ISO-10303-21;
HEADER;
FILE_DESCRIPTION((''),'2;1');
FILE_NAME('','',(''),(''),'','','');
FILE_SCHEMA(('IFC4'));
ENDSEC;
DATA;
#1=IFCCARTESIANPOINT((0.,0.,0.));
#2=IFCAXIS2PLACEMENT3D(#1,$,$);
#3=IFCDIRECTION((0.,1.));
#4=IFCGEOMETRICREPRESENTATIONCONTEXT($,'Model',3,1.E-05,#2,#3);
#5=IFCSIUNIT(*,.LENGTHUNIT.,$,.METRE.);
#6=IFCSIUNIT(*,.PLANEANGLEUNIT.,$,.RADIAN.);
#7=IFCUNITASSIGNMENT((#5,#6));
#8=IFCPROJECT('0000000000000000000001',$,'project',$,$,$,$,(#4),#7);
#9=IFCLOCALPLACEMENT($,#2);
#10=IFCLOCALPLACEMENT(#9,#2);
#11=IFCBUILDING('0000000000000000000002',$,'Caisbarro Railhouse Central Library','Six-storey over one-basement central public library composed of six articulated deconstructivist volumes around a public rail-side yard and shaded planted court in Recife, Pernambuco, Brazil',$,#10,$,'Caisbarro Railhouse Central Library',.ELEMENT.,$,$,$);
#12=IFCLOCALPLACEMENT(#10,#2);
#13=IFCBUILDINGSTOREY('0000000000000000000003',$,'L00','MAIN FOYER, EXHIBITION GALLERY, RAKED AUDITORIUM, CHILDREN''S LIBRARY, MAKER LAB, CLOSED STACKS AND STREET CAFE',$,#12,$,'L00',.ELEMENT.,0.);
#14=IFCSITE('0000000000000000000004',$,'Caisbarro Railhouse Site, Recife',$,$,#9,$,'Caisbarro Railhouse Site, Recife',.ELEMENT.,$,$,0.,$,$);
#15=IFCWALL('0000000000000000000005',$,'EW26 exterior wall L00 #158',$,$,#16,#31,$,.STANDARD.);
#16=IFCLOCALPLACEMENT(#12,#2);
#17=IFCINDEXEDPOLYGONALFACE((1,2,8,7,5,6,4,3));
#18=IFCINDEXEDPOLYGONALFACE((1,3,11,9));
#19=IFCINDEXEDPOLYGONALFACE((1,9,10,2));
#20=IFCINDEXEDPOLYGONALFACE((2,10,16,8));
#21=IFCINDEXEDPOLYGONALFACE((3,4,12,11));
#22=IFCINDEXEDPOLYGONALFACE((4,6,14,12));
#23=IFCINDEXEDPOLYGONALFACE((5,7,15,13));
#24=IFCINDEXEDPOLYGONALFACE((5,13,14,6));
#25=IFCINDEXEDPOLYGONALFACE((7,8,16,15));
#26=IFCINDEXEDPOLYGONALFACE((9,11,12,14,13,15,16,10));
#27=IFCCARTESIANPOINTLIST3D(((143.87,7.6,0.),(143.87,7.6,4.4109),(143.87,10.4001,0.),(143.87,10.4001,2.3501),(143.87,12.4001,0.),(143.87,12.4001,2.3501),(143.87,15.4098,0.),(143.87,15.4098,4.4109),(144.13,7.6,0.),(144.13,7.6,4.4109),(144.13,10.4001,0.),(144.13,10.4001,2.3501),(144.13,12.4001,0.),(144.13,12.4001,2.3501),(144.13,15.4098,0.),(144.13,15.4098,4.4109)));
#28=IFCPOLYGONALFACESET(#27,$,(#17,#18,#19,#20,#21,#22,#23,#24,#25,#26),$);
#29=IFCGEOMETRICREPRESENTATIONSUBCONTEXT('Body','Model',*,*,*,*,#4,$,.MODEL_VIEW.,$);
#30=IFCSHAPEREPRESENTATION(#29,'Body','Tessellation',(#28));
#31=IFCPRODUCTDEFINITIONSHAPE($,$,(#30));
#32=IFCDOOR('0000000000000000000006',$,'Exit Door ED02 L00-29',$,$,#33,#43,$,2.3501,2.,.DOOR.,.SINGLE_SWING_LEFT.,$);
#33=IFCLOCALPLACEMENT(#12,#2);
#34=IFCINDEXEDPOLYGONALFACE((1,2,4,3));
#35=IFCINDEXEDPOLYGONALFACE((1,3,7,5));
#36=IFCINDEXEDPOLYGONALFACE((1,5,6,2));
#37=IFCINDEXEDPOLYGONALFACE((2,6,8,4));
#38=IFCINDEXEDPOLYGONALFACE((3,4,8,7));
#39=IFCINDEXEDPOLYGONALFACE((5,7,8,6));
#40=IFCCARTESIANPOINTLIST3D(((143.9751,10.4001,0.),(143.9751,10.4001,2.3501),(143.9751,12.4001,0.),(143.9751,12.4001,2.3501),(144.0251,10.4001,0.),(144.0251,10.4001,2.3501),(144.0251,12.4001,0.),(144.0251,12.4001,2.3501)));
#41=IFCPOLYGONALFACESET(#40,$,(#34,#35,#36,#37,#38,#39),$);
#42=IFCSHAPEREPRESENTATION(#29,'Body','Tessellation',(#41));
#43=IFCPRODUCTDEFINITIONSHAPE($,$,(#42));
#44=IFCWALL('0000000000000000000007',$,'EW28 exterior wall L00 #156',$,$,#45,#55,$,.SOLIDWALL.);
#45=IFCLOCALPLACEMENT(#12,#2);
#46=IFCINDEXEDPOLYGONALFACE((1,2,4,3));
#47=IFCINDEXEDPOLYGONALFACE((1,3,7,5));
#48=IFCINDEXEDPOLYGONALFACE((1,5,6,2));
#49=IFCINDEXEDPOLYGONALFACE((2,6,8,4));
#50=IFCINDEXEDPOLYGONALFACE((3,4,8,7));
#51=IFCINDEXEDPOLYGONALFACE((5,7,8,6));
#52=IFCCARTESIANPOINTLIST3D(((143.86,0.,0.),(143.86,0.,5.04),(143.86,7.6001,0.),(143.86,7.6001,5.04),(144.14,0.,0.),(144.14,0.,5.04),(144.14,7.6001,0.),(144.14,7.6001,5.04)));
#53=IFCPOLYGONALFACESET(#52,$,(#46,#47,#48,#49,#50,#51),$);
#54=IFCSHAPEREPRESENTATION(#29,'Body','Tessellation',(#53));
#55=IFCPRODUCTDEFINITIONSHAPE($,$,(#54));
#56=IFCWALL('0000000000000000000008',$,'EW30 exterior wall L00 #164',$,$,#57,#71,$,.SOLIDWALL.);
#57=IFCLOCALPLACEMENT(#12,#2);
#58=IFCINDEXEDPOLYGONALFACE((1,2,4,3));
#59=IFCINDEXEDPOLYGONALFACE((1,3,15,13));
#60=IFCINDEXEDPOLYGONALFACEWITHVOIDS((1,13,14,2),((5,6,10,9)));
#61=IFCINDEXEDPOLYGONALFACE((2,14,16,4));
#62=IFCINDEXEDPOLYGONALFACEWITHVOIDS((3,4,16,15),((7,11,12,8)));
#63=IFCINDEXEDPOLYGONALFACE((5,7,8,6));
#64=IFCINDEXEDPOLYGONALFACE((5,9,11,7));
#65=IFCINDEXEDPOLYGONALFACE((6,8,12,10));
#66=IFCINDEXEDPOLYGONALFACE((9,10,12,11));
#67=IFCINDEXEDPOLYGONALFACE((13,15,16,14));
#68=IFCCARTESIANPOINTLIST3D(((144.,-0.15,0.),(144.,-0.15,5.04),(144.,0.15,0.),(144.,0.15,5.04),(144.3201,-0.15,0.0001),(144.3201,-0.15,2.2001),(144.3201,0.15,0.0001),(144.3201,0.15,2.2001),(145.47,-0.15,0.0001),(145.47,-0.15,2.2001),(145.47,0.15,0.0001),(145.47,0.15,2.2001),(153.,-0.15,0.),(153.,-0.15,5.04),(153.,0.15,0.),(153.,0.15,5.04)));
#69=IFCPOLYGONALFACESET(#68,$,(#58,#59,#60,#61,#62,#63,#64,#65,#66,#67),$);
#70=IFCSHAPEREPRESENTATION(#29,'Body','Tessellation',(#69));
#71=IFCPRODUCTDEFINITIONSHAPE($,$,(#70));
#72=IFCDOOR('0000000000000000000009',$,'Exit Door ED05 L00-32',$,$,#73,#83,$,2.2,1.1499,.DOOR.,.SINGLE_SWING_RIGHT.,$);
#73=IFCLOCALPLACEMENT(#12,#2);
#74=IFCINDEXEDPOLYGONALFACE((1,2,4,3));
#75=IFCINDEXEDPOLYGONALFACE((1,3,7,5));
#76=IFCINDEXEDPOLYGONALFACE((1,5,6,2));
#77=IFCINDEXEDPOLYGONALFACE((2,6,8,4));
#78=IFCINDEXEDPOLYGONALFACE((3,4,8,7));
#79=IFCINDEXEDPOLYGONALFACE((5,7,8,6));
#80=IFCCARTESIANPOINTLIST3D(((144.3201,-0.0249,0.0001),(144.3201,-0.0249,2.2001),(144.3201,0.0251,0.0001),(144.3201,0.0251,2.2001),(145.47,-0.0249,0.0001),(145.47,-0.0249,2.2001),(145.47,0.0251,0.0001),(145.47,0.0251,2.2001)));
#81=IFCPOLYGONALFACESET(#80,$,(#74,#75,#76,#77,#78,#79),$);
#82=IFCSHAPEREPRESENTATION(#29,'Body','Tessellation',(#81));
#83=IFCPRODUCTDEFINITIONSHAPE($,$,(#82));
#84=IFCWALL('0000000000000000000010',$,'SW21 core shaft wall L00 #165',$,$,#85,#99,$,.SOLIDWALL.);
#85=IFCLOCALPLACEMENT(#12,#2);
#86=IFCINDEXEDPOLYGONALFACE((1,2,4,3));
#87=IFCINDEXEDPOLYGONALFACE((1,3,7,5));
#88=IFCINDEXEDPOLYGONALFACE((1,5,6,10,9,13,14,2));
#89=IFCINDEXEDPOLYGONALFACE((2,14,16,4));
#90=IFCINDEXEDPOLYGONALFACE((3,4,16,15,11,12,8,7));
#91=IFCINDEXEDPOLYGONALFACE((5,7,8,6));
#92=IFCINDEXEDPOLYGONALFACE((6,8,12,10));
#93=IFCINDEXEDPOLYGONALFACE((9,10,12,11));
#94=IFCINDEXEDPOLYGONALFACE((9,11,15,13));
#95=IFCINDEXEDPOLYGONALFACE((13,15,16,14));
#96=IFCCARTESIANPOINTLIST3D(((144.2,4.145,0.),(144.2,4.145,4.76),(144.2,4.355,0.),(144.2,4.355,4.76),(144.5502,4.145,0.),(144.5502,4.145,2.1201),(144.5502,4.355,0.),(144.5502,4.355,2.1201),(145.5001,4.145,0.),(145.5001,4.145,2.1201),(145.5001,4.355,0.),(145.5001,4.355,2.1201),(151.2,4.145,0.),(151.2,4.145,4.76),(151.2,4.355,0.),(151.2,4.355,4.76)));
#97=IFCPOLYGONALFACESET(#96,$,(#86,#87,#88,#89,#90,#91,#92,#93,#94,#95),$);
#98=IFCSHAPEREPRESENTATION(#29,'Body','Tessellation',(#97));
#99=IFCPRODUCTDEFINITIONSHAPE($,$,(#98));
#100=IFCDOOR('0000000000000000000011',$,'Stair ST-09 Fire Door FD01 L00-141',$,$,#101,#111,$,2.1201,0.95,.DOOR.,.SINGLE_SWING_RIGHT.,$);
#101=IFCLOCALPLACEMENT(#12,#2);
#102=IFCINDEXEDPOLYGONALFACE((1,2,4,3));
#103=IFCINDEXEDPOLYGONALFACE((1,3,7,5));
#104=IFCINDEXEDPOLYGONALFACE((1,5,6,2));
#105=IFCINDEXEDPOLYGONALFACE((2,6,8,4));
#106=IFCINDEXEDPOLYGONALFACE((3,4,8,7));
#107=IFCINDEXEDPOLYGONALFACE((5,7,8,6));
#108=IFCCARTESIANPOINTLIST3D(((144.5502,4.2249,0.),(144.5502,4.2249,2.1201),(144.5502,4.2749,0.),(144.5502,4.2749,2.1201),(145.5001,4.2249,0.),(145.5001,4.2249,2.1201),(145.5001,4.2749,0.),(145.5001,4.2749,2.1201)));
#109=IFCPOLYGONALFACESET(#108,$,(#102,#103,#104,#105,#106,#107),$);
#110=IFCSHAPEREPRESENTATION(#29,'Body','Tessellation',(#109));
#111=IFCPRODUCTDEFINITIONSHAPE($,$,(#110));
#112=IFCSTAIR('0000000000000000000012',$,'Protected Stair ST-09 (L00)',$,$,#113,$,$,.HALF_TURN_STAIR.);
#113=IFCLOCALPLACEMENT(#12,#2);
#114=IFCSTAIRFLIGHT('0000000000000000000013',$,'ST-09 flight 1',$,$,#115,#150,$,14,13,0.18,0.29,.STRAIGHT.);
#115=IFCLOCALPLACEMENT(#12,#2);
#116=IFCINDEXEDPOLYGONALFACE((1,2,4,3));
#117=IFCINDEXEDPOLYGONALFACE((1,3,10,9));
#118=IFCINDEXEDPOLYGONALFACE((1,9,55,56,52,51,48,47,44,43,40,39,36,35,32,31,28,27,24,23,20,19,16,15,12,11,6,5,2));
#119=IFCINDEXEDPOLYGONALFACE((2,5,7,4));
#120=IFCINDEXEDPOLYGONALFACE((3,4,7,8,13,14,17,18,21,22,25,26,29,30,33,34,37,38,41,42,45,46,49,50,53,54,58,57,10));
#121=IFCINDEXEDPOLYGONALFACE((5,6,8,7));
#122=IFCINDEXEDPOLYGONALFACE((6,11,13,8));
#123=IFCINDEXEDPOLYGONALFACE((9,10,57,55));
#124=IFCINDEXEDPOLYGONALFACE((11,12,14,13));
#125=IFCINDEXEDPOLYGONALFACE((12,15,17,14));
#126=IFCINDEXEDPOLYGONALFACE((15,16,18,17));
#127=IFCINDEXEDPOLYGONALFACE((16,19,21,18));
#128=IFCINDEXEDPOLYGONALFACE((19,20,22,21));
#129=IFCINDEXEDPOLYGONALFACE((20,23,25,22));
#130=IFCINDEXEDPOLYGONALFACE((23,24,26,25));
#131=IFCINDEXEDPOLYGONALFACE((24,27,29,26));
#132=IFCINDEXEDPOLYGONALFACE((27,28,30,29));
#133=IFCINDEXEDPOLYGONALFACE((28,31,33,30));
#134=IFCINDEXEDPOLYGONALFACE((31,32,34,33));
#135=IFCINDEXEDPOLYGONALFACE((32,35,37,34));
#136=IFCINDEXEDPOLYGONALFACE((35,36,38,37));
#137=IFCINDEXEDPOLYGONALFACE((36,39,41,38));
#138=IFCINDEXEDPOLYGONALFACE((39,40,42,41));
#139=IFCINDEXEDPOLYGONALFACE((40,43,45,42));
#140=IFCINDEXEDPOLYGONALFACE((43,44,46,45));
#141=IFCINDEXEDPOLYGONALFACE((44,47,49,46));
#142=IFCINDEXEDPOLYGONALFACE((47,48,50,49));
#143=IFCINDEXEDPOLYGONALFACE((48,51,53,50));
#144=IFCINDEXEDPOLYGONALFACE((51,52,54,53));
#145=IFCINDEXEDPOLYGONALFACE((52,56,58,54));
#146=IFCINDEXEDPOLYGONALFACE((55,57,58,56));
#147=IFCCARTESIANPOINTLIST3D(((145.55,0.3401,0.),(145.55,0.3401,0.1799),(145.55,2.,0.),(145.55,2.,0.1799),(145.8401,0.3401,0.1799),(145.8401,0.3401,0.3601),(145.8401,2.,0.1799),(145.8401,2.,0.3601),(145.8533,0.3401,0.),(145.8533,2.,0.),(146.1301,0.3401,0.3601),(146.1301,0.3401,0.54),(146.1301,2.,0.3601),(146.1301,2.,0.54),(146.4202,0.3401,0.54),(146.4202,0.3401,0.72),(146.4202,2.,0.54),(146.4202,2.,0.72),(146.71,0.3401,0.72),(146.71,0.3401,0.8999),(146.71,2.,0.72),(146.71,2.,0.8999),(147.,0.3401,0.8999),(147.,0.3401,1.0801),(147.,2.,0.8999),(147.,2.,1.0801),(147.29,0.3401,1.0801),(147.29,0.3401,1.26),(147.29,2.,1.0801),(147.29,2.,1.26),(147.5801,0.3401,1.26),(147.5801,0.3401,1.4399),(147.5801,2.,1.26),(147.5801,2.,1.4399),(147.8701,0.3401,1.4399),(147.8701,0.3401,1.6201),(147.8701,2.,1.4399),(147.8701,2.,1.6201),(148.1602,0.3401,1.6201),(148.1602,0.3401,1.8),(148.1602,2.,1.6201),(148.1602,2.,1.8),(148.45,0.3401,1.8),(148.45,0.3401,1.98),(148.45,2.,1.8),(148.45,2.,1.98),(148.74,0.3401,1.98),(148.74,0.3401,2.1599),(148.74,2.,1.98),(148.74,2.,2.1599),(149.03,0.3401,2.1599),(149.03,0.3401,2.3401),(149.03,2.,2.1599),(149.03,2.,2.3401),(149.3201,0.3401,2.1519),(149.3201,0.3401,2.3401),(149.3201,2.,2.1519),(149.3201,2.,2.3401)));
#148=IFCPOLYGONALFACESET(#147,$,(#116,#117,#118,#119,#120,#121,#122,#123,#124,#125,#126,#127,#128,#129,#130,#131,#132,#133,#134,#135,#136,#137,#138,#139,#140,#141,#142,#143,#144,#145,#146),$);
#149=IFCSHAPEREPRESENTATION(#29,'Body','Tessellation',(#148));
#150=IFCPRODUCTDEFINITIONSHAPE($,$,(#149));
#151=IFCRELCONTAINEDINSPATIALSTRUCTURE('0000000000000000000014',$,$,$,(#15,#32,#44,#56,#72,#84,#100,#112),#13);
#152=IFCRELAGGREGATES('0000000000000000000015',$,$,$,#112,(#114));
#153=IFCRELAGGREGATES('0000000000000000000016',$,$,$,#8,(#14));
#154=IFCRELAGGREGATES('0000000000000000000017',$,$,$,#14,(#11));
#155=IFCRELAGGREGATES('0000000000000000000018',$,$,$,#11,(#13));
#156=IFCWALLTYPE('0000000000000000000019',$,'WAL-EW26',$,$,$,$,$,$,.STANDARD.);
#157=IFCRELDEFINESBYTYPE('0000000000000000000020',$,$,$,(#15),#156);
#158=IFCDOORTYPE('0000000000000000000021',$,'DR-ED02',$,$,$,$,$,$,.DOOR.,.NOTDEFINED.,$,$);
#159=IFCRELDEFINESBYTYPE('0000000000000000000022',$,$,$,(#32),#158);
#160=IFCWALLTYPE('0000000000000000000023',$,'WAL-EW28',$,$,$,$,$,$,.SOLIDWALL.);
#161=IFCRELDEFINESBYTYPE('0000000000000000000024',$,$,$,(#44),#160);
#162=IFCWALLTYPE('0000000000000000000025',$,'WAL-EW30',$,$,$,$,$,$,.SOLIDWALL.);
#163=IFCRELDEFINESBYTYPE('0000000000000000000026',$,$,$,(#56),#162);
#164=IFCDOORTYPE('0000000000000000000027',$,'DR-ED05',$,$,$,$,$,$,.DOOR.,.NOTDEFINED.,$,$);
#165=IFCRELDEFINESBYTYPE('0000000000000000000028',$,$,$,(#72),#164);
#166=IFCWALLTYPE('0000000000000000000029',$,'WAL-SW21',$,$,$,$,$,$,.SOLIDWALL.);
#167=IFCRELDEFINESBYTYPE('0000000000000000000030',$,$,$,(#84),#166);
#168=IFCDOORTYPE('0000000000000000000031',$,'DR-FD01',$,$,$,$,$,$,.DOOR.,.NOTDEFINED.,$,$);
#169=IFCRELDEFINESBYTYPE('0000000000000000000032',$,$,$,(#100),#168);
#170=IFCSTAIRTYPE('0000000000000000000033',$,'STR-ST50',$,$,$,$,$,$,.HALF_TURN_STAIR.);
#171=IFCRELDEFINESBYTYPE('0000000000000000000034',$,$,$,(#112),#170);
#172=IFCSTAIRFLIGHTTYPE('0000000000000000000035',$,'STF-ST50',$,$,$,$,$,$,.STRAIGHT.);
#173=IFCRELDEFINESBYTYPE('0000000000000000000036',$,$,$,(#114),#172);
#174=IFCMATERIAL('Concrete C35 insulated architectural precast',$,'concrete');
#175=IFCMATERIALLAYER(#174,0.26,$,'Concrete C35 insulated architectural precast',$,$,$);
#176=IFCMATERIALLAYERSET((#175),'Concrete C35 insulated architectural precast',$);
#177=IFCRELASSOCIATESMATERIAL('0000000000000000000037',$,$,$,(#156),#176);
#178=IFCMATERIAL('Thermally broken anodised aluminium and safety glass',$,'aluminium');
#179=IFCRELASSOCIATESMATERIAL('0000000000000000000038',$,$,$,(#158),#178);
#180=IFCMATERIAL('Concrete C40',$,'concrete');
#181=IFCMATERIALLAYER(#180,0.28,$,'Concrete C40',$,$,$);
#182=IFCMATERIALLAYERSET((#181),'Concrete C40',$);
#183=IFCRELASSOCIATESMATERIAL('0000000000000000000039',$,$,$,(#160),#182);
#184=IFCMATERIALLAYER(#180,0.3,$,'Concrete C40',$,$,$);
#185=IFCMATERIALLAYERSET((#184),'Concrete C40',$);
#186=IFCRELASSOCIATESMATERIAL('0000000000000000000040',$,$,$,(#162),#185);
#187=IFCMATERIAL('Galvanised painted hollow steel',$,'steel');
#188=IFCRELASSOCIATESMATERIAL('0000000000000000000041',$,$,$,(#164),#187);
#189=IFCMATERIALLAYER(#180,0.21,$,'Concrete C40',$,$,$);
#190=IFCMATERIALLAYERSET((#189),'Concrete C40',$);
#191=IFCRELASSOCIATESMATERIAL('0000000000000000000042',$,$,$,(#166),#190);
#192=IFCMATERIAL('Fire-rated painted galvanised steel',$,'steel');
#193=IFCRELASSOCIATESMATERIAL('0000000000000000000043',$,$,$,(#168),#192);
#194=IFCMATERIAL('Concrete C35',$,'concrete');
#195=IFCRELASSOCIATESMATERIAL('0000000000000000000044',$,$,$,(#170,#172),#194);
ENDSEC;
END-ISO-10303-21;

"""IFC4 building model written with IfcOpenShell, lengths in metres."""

from ifc_helpers import new_model, si_unit, direction, frame, frame_2d, origin, place, context, subcontext, project, spatial, polyline, rectangle, outline, extrude, material, layer, layer_set, type_object, element, fill, aggregate, save


model = new_model("IFC4")

# Units and contexts
model_context = context("Model", 3, precision=1e-05, world=origin(), true_north=direction((0.0, 1.0)))
body_context = subcontext(model_context, "Body", "Model", "MODEL_VIEW")
ifc_project = project(units=[si_unit("LENGTHUNIT", "METRE"), si_unit("PLANEANGLEUNIT", "RADIAN")], contexts=[model_context])

# Site, building, storey
site_placement = place(None, origin())
site = spatial("IfcSite", under=ifc_project, at=site_placement, Name="Caisbarro Railhouse Site, Recife", LongName="Caisbarro Railhouse Site, Recife", CompositionType="ELEMENT", RefElevation=0.0)
building_placement = place(site_placement, origin())
building = spatial("IfcBuilding", under=site, at=building_placement, Name="Caisbarro Railhouse Central Library", Description="Six-storey over one-basement central public library composed of six articulated deconstructivist volumes around a public rail-side yard and shaded planted court in Recife, Pernambuco, Brazil", LongName="Caisbarro Railhouse Central Library", CompositionType="ELEMENT")
storey_placement = place(building_placement, origin())
storey = spatial("IfcBuildingStorey", under=building, at=storey_placement, Name="L00", Description="MAIN FOYER, EXHIBITION GALLERY, RAKED AUDITORIUM, CHILDREN'S LIBRARY, MAKER LAB, CLOSED STACKS AND STREET CAFE", LongName="L00", CompositionType="ELEMENT", Elevation=0.0)

# Shared definitions
ifc_material_1 = material(Name="Concrete C40", Category="concrete")

# Wall, opening, door
ifc_material_2 = material(Name="Fire-rated painted galvanised steel", Category="steel")
ifc_material_3 = material(Name="Concrete C35 insulated architectural precast", Category="concrete")
ifc_layer_1 = layer(ifc_material_3, 0.26, Name="Concrete C35 insulated architectural precast")
ifc_layer_set_1 = layer_set([ifc_layer_1], Name="Concrete C35 insulated architectural precast")
wall_type_1 = type_object("IfcWallType", Name="WAL-EW26", PredefinedType="STANDARD", material=ifc_layer_set_1)
wall_1_placement = place(storey_placement, frame((144.0, 7.6001, 0.0), z_axis=(0.0, 0.0, 1.0), x_axis=(0.0, 1.0, 0.0)))
wall_1 = element("IfcWall", 1, at=wall_1_placement, inside=storey, type_object=wall_type_1, Name="EW26 exterior wall L00 #158", PredefinedType="STANDARD", context=body_context, shape_type="SweptSolid", body=[
    extrude(rectangle(XDim=7.8098, YDim=0.26, at=frame_2d((3.9048, 0.0))), origin(), (0.0, 0.0, 1.0), 4.4109),
])
opening_1_placement = place(wall_1_placement, frame((2.8, 0.0, 0.0)))
opening_1 = element("IfcOpeningElement", 2, at=opening_1_placement, cuts=wall_1, PredefinedType="OPENING", context=body_context, shape_type="SweptSolid", body=[
    extrude(rectangle(XDim=2.0, YDim=2.3501, at=frame_2d((1.0, 1.175))), frame((0.0, 0.1401, 0.0), z_axis=(0.0, -1.0, 0.0), x_axis=(1.0, 0.0, 0.0)), (0.0, 0.0, 1.0), 0.28),
])
ifc_material_4 = material(Name="Thermally broken anodised aluminium and safety glass", Category="aluminium")
door_type_1 = type_object("IfcDoorType", Name="DR-ED02", OperationType="NOTDEFINED", PredefinedType="DOOR", material=ifc_material_4)
door_1_placement = place(opening_1_placement, origin())
door_1 = element("IfcDoor", 3, at=door_1_placement, inside=storey, type_object=door_type_1, Name="Exit Door ED02 L00-29", OperationType="SINGLE_SWING_LEFT", OverallHeight=2.3501, OverallWidth=2.0, PredefinedType="DOOR", context=body_context, shape_type="SweptSolid", body=[
    extrude(rectangle(XDim=2.0, YDim=2.3501, at=frame_2d((1.0, 1.175))), frame((0.0, 0.0249, 0.0), z_axis=(0.0, -1.0, 0.0), x_axis=(1.0, 0.0, 0.0)), (0.0, 0.0, 1.0), 0.05),
])
fill(opening_1, door_1)

# Wall
ifc_layer_2 = layer(ifc_material_1, 0.28, Name="Concrete C40")
ifc_layer_set_2 = layer_set([ifc_layer_2], Name="Concrete C40")
wall_type_2 = type_object("IfcWallType", Name="WAL-EW28", PredefinedType="SOLIDWALL", material=ifc_layer_set_2)
wall_2_placement = place(storey_placement, frame((144.0, 0.0, 0.0), z_axis=(0.0, 0.0, 1.0), x_axis=(0.0, 1.0, 0.0)))
element("IfcWall", 4, at=wall_2_placement, inside=storey, type_object=wall_type_2, Name="EW28 exterior wall L00 #156", PredefinedType="SOLIDWALL", context=body_context, shape_type="SweptSolid", body=[
    extrude(rectangle(XDim=7.6001, YDim=0.28, at=frame_2d((3.8, 0.0))), origin(), (0.0, 0.0, 1.0), 5.04),
])

# Walls, openings, doors
ifc_layer_3 = layer(ifc_material_1, 0.3, Name="Concrete C40")
ifc_layer_set_3 = layer_set([ifc_layer_3], Name="Concrete C40")
wall_type_3 = type_object("IfcWallType", Name="WAL-EW30", PredefinedType="SOLIDWALL", material=ifc_layer_set_3)
wall_3_placement = place(storey_placement, frame((144.0, 0.0, 0.0), z_axis=(0.0, 0.0, 1.0), x_axis=(1.0, 0.0, 0.0)))
wall_3 = element("IfcWall", 5, at=wall_3_placement, inside=storey, type_object=wall_type_3, Name="EW30 exterior wall L00 #164", PredefinedType="SOLIDWALL", context=body_context, shape_type="SweptSolid", body=[
    extrude(rectangle(XDim=9.0, YDim=0.3, at=frame_2d((4.5, 0.0))), origin(), (0.0, 0.0, 1.0), 5.04),
])
opening_2_placement = place(wall_3_placement, frame((0.3201, 0.0, 0.0)))
opening_2 = element("IfcOpeningElement", 6, at=opening_2_placement, cuts=wall_3, PredefinedType="OPENING", context=body_context, shape_type="SweptSolid", body=[
    extrude(rectangle(XDim=1.1499, YDim=2.2, at=frame_2d((0.575, 1.1001))), frame((0.0, 0.1602, 0.0), z_axis=(0.0, -1.0, 0.0), x_axis=(1.0, 0.0, 0.0)), (0.0, 0.0, 1.0), 0.3201),
])
ifc_material_5 = material(Name="Galvanised painted hollow steel", Category="steel")
door_type_2 = type_object("IfcDoorType", Name="DR-ED05", OperationType="NOTDEFINED", PredefinedType="DOOR", material=ifc_material_5)
door_2_placement = place(opening_2_placement, frame((1.1499, 0.0, 0.0), z_axis=(0.0, 0.0, 1.0), x_axis=(-1.0, 0.0, 0.0)))
door_2 = element("IfcDoor", 7, at=door_2_placement, inside=storey, type_object=door_type_2, Name="Exit Door ED05 L00-32", OperationType="SINGLE_SWING_RIGHT", OverallHeight=2.2, OverallWidth=1.1499, PredefinedType="DOOR", context=body_context, shape_type="SweptSolid", body=[
    extrude(rectangle(XDim=1.1499, YDim=2.2, at=frame_2d((0.575, 1.1001))), frame((0.0, 0.0249, 0.0), z_axis=(0.0, -1.0, 0.0), x_axis=(1.0, 0.0, 0.0)), (0.0, 0.0, 1.0), 0.05),
])
fill(opening_2, door_2)
ifc_layer_4 = layer(ifc_material_1, 0.21, Name="Concrete C40")
ifc_layer_set_4 = layer_set([ifc_layer_4], Name="Concrete C40")
wall_type_4 = type_object("IfcWallType", Name="WAL-SW21", PredefinedType="SOLIDWALL", material=ifc_layer_set_4)
wall_4_placement = place(storey_placement, frame((144.2, 4.25, 0.0), z_axis=(0.0, 0.0, 1.0), x_axis=(1.0, 0.0, 0.0)))
wall_4 = element("IfcWall", 8, at=wall_4_placement, inside=storey, type_object=wall_type_4, Name="SW21 core shaft wall L00 #165", PredefinedType="SOLIDWALL", context=body_context, shape_type="SweptSolid", body=[
    extrude(rectangle(XDim=7.0, YDim=0.21, at=frame_2d((3.5, 0.0))), origin(), (0.0, 0.0, 1.0), 4.76),
])
opening_3_placement = place(wall_4_placement, frame((0.3501, 0.0, 0.0)))
opening_3 = element("IfcOpeningElement", 9, at=opening_3_placement, cuts=wall_4, PredefinedType="OPENING", context=body_context, shape_type="SweptSolid", body=[
    extrude(rectangle(XDim=0.95, YDim=2.1201, at=frame_2d((0.4751, 1.0601))), frame((0.0, 0.115, 0.0), z_axis=(0.0, -1.0, 0.0), x_axis=(1.0, 0.0, 0.0)), (0.0, 0.0, 1.0), 0.23),
])
door_type_3 = type_object("IfcDoorType", Name="DR-FD01", OperationType="NOTDEFINED", PredefinedType="DOOR", material=ifc_material_2)
door_3_placement = place(opening_3_placement, origin())
door_3 = element("IfcDoor", 10, at=door_3_placement, inside=storey, type_object=door_type_3, Name="Stair ST-09 Fire Door FD01 L00-141", OperationType="SINGLE_SWING_RIGHT", OverallHeight=2.1201, OverallWidth=0.95, PredefinedType="DOOR", context=body_context, shape_type="SweptSolid", body=[
    extrude(rectangle(XDim=0.95, YDim=2.1201, at=frame_2d((0.4751, 1.0601))), frame((0.0, 0.0249, 0.0), z_axis=(0.0, -1.0, 0.0), x_axis=(1.0, 0.0, 0.0)), (0.0, 0.0, 1.0), 0.05),
])
fill(opening_3, door_3)

# Stair, stair flight
ifc_material_6 = material(Name="Concrete C35", Category="concrete")
stair_type = type_object("IfcStairType", Name="STR-ST50", PredefinedType="HALF_TURN_STAIR", material=ifc_material_6)
stair_placement = place(storey_placement, origin())
stair = element("IfcStair", 11, at=stair_placement, inside=storey, type_object=stair_type, Name="Protected Stair ST-09 (L00)", PredefinedType="HALF_TURN_STAIR")
stair_flight_type = type_object("IfcStairFlightType", Name="STF-ST50", PredefinedType="STRAIGHT", material=ifc_material_6)
stair_flight_1_placement = place(storey_placement, frame((145.55, 1.1699, 0.0), z_axis=(0.0, 0.0, 1.0), x_axis=(1.0, 0.0, 0.0)))
stair_flight_1 = element("IfcStairFlight", 12, at=stair_flight_1_placement, type_object=stair_flight_type, Name="ST-09 flight 1", NumberOfRisers=14, NumberOfTreads=13, PredefinedType="STRAIGHT", RiserHeight=0.18, TreadLength=0.29, context=body_context, shape_type="SweptSolid", body=[
    extrude(outline(polyline([(0.0, 0.0), (0.0, 0.1799), (0.29, 0.1799), (0.29, 0.3601), (0.5801, 0.3601), (0.5801, 0.54), (0.8701, 0.54), (0.8701, 0.72), (1.1599, 0.72), (1.1599, 0.8999), (1.45, 0.8999), (1.45, 1.0801), (1.74, 1.0801), (1.74, 1.26), (2.03, 1.26), (2.03, 1.4399), (2.3201, 1.4399), (2.3201, 1.6201), (2.6101, 1.6201), (2.6101, 1.8), (2.8999, 1.8), (2.8999, 1.98), (3.1899, 1.98), (3.1899, 2.1599), (3.48, 2.1599), (3.48, 2.3401), (3.77, 2.3401), (3.77, 2.52), (3.77, 2.1519), (0.3032, 0.0), (0.0, 0.0)])), frame((0.0, 0.8301, 0.0), z_axis=(0.0, -1.0, 0.0), x_axis=(1.0, 0.0, 0.0)), (0.0, 0.0, 1.0), 1.6599),
])
aggregate(stair, [stair_flight_1])

save(model, "model.ifc")
